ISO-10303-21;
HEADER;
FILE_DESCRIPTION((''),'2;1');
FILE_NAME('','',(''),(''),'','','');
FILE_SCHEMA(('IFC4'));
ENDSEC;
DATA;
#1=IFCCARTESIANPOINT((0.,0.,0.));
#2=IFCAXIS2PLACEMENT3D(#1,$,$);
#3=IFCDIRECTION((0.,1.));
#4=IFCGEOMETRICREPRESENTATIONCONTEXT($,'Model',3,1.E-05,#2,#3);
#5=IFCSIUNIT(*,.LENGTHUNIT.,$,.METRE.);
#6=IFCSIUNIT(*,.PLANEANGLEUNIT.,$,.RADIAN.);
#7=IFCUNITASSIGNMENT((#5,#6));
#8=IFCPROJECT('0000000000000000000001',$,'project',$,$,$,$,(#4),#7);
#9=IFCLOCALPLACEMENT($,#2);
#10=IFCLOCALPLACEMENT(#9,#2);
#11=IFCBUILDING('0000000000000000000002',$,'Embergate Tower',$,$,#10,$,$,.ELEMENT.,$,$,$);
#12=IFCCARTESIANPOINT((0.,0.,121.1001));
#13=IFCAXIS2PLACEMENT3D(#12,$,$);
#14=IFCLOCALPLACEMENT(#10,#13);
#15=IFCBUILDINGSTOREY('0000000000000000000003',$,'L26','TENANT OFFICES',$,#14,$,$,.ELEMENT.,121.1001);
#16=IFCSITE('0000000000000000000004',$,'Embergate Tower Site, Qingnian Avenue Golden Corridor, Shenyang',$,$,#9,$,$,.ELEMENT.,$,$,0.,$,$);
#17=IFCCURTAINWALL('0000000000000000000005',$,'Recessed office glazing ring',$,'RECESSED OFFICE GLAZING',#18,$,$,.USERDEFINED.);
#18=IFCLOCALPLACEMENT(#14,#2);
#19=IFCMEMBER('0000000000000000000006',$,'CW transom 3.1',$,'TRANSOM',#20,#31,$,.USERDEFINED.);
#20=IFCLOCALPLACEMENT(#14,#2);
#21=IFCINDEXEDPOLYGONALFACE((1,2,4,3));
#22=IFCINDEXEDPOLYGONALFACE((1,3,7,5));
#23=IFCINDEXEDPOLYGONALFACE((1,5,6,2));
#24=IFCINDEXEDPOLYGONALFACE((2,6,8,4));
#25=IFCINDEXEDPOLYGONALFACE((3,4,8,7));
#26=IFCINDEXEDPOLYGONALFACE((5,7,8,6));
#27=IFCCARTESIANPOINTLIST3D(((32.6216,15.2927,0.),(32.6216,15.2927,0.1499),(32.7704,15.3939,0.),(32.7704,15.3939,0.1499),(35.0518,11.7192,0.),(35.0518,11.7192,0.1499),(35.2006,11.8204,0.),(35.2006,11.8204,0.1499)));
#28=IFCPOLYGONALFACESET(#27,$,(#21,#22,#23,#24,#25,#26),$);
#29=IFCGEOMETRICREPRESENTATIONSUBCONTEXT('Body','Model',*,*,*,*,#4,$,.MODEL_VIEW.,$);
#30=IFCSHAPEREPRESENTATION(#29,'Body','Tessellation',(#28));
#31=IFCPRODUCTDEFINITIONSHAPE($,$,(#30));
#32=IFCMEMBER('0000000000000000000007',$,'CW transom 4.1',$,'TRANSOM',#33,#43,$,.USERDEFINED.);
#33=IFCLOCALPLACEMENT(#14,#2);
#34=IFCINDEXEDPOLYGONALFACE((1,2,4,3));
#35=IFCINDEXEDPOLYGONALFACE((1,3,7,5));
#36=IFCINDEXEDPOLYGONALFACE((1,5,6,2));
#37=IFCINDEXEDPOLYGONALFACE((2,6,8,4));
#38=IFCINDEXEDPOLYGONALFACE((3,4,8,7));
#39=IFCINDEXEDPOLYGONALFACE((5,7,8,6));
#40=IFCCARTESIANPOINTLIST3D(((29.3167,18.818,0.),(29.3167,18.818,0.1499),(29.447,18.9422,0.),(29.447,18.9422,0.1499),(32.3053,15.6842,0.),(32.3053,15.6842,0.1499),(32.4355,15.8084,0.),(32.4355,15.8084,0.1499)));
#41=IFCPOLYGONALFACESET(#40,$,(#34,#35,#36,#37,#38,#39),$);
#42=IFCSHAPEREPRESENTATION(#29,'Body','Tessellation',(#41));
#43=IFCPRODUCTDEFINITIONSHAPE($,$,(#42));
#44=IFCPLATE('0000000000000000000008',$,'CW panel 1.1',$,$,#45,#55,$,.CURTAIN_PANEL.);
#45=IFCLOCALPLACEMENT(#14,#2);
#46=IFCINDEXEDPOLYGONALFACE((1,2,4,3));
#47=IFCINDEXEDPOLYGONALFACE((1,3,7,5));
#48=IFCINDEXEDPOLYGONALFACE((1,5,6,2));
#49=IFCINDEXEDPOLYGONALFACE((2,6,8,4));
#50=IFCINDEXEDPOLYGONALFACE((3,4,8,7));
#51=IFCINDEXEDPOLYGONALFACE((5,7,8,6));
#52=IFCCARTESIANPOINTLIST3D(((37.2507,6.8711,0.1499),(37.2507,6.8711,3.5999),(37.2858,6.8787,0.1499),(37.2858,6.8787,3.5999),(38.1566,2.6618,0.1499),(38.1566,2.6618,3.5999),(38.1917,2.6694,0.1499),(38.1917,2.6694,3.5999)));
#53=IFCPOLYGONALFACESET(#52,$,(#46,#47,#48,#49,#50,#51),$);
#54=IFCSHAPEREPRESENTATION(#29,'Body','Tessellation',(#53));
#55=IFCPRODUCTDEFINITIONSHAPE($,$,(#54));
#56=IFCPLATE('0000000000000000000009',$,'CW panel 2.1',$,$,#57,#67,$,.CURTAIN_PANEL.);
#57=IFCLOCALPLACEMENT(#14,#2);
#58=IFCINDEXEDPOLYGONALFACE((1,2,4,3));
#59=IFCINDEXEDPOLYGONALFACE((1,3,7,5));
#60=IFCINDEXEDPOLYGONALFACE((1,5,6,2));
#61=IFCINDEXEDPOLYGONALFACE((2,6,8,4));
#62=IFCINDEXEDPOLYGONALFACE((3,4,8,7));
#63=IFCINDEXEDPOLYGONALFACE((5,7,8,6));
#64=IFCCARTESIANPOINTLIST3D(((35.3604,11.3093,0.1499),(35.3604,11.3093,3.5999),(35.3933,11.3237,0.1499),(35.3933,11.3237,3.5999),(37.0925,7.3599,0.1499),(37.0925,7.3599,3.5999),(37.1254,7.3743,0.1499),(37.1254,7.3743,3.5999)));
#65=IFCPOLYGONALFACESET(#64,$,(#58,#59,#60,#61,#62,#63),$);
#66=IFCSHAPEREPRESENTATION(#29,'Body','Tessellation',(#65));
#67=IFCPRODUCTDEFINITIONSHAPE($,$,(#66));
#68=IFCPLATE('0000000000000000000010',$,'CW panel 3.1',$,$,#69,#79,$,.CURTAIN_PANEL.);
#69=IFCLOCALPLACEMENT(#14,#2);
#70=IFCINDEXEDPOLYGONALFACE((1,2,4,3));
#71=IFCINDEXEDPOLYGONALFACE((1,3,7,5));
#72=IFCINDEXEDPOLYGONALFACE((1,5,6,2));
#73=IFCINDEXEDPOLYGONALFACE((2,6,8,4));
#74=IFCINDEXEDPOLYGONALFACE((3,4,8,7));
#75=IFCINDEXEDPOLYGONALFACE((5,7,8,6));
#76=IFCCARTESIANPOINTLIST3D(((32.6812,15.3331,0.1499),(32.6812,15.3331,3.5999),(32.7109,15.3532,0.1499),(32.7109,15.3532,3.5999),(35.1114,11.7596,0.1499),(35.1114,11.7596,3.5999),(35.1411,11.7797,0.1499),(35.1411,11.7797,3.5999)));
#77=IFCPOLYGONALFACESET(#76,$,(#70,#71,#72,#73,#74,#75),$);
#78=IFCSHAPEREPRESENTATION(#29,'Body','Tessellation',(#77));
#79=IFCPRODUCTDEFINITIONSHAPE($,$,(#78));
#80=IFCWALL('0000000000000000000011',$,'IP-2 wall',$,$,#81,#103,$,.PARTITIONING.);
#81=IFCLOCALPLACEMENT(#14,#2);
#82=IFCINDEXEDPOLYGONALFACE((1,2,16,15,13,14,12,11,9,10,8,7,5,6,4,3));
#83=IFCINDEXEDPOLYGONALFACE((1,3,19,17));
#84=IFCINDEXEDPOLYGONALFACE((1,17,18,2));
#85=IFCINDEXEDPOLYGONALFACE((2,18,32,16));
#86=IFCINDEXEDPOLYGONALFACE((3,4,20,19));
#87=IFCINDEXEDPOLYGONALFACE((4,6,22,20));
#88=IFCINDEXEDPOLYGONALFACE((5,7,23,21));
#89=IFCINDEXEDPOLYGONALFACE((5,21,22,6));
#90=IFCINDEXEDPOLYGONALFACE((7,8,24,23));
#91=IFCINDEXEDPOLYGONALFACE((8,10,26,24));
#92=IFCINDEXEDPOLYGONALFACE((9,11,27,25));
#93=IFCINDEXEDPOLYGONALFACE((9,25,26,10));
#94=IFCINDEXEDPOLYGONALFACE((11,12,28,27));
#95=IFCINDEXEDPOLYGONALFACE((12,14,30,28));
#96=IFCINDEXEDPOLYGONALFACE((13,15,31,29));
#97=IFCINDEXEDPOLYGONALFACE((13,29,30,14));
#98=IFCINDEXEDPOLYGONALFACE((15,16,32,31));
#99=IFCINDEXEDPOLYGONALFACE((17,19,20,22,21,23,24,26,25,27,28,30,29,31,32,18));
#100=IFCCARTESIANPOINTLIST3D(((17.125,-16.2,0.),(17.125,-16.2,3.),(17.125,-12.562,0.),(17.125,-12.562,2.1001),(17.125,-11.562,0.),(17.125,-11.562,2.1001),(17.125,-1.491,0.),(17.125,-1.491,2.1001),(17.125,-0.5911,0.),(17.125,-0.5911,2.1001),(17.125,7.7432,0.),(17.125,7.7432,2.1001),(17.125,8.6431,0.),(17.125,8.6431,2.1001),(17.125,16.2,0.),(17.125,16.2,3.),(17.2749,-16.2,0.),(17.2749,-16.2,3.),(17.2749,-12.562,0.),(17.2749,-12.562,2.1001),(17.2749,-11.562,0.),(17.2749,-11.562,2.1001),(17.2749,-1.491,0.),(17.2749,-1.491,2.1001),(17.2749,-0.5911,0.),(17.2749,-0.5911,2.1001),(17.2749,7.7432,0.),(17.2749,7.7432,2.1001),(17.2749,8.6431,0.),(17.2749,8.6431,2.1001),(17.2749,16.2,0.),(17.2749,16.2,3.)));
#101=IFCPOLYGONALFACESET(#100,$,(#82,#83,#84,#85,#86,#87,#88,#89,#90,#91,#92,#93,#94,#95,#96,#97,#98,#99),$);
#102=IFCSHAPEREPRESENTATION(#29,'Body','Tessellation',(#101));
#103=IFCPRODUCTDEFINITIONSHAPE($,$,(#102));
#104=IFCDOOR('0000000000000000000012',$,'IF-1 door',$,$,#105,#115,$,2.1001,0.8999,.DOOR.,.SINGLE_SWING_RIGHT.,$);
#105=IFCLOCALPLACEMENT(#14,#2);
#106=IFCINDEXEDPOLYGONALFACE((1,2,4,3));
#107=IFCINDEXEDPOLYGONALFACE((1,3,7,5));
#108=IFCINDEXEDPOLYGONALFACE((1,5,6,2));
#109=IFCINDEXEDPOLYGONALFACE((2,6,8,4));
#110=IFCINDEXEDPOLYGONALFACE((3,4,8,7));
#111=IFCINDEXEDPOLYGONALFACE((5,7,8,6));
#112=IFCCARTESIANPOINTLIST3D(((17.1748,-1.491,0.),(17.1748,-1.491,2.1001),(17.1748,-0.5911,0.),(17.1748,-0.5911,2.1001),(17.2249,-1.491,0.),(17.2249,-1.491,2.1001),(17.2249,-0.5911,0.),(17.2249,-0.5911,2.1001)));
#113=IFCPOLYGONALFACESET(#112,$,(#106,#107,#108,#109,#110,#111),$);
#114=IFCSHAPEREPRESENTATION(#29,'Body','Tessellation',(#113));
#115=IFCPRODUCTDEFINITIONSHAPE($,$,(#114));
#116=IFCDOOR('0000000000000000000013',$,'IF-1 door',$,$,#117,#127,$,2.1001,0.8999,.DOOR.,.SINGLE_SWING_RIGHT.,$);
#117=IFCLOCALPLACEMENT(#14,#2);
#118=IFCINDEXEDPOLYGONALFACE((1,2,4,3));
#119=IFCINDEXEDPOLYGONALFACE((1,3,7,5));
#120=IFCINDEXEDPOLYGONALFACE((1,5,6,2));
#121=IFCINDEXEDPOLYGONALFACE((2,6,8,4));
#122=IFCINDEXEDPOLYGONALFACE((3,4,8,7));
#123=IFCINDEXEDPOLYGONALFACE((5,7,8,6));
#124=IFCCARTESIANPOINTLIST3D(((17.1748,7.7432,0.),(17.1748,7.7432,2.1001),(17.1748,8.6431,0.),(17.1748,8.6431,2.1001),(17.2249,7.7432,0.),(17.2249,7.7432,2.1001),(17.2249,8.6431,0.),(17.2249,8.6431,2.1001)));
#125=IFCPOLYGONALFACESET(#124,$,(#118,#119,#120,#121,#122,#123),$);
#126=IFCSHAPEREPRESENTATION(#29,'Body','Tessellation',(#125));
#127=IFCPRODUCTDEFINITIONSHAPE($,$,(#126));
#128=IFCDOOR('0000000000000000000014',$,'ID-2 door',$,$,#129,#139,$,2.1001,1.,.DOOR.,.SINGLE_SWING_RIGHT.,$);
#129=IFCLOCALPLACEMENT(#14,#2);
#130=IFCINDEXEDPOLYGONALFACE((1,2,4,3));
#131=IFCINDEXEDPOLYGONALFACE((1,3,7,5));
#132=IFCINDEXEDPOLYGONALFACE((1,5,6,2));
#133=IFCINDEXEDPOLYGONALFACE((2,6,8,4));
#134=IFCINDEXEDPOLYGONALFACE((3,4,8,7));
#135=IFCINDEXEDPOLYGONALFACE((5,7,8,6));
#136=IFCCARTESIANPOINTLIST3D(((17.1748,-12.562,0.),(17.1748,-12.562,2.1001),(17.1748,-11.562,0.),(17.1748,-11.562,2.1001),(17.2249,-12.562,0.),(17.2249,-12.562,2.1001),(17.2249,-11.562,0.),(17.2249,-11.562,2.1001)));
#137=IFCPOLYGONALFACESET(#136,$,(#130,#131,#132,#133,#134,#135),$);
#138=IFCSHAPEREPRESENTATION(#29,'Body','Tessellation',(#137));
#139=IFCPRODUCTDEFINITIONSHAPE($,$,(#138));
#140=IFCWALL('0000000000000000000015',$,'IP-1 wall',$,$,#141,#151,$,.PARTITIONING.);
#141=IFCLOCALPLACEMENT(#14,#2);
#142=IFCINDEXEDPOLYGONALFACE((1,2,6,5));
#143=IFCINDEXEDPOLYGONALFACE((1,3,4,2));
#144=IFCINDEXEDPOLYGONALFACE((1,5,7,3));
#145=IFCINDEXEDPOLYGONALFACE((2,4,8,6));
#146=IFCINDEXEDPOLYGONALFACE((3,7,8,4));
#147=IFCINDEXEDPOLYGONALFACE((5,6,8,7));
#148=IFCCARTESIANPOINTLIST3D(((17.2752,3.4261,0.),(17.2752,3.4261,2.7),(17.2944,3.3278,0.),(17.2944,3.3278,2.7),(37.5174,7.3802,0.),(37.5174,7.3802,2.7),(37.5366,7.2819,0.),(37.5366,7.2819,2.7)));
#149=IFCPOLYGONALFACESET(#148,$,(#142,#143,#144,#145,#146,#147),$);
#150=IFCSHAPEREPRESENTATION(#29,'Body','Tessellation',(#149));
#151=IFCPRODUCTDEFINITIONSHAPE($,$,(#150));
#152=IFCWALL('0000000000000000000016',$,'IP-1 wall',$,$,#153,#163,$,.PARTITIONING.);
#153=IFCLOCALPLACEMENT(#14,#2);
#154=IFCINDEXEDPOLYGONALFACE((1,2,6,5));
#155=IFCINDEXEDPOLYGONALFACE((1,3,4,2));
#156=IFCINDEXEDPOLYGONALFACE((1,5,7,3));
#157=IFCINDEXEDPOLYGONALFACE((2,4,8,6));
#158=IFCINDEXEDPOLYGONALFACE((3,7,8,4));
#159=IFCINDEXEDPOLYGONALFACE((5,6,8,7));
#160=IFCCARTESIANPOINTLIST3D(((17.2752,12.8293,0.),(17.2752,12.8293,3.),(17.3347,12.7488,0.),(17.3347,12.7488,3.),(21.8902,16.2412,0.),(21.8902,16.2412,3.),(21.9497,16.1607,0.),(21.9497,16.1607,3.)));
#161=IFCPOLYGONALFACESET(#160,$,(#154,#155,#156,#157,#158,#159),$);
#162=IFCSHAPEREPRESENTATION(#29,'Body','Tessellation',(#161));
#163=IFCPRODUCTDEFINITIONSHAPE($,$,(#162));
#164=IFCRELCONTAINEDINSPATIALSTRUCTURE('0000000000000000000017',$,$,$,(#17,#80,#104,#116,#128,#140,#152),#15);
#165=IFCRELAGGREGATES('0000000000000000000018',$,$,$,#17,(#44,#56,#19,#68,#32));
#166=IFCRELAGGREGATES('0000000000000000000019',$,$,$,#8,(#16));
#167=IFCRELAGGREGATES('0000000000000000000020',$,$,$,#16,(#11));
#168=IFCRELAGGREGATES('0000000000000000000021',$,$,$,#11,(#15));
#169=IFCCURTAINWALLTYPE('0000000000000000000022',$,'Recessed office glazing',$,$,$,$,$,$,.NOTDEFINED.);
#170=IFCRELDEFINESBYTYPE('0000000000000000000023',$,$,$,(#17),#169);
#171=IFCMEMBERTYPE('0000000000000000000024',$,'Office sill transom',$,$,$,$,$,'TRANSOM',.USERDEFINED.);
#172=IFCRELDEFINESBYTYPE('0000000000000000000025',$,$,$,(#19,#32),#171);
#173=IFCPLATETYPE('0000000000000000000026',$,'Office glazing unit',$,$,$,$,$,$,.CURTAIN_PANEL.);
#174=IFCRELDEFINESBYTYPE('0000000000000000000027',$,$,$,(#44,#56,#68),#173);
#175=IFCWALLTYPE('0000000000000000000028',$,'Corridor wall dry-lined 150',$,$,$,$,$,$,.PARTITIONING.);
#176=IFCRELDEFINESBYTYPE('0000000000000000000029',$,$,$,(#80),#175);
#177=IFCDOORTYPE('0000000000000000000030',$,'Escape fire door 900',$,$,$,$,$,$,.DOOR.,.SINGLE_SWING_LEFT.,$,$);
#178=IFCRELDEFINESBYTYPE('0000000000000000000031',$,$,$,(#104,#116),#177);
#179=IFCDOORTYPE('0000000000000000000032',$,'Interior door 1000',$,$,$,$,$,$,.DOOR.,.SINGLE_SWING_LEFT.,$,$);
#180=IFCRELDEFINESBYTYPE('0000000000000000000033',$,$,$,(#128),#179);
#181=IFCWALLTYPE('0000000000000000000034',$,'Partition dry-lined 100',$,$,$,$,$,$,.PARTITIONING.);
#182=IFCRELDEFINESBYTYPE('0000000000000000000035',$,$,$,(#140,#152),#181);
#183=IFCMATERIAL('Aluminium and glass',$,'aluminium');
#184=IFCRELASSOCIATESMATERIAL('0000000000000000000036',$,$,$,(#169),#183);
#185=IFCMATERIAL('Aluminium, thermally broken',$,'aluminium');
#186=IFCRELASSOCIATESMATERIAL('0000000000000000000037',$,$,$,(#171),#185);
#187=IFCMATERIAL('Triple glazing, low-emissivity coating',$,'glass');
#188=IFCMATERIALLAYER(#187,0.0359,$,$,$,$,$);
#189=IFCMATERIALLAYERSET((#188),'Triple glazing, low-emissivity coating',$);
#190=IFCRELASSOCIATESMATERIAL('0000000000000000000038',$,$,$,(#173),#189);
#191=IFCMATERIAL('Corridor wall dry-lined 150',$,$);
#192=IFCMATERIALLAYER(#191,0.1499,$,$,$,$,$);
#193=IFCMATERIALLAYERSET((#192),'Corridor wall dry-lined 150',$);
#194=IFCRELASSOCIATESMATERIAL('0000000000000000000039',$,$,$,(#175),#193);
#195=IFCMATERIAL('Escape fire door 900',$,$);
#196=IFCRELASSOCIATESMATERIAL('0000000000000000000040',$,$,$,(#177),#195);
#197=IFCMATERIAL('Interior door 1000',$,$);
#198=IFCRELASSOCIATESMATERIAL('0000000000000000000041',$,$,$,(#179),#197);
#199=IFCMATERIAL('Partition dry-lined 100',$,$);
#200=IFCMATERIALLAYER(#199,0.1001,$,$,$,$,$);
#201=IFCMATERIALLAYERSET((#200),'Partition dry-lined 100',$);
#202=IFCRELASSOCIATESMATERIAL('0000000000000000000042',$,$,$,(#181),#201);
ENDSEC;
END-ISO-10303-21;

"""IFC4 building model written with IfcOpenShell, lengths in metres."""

from ifc_helpers import new_model, si_unit, direction, frame, frame_2d, origin, origin_2d, place, context, subcontext, project, spatial, rectangle, extrude, source, transform, mapped, material, layer, layer_set, material_profile, profile_set, type_object, element, fill, aggregate, save


model = new_model("IFC4")

# Units and contexts
model_context = context("Model", 3, precision=1e-05, world=origin(), true_north=direction((0.0, 1.0)))
body_context = subcontext(model_context, "Body", "Model", "MODEL_VIEW")
ifc_project = project(units=[si_unit("LENGTHUNIT", "METRE"), si_unit("PLANEANGLEUNIT", "RADIAN")], contexts=[model_context])

# Site, building, storey
site_placement = place(None, origin())
site = spatial("IfcSite", under=ifc_project, at=site_placement, Name="Embergate Tower Site, Qingnian Avenue Golden Corridor, Shenyang", CompositionType="ELEMENT", RefElevation=0.0)
building_placement = place(site_placement, origin())
building = spatial("IfcBuilding", under=site, at=building_placement, Name="Embergate Tower", CompositionType="ELEMENT")
storey_placement = place(building_placement, frame((0.0, 0.0, 121.1001)))
storey = spatial("IfcBuildingStorey", under=building, at=storey_placement, Name="L26", Description="TENANT OFFICES", CompositionType="ELEMENT", Elevation=121.1001)

# Curtain wall, members, plates
ifc_material_1 = material(Name="Aluminium and glass", Category="aluminium")
curtain_wall_type = type_object("IfcCurtainWallType", Name="Recessed office glazing", PredefinedType="NOTDEFINED", material=ifc_material_1)
curtain_wall_placement = place(storey_placement, origin())
curtain_wall = element("IfcCurtainWall", 1, at=curtain_wall_placement, inside=storey, type_object=curtain_wall_type, Name="Recessed office glazing ring", ObjectType="RECESSED OFFICE GLAZING", PredefinedType="USERDEFINED")
ifc_material_2 = material(Name="Aluminium, thermally broken", Category="aluminium")
ifc_material_profile_1 = material_profile(ifc_material_2, rectangle(XDim=0.1799, YDim=0.1499, at=origin_2d()), Name="AL 150x180")
ifc_profile_set_1 = profile_set([ifc_material_profile_1], Name="Aluminium, thermally broken")
member_type_1 = type_object("IfcMemberType", Name="Office sill transom", ElementType="TRANSOM", PredefinedType="USERDEFINED", material=ifc_profile_set_1)
shared_shape_1 = source(origin(), body_context, "Body", "SweptSolid", [
    extrude(rectangle(XDim=0.1799, YDim=0.1499, at=origin_2d()), origin(), (0.0, 0.0, 1.0), 4.3215),
])
member_1_placement = place(storey_placement, frame((35.1262, 11.7698, 0.075), z_axis=(-0.562342, 0.826904, 0.0), x_axis=(-0.826904, -0.562342, 0.0)))
member_1 = element("IfcMember", 2, at=member_1_placement, type_object=member_type_1, Name="CW transom 3.1", ObjectType="TRANSOM", PredefinedType="USERDEFINED", context=body_context, shape_type="MappedRepresentation", body=[
    mapped(shared_shape_1, transform((0.0, 0.0, 0.0))),
])
shared_shape_2 = source(origin(), body_context, "Body", "SweptSolid", [
    extrude(rectangle(XDim=0.1799, YDim=0.1499, at=origin_2d()), origin(), (0.0, 0.0, 1.0), 4.3303),
])
member_2_placement = place(storey_placement, frame((32.3704, 15.7463, 0.075), z_axis=(-0.690135, 0.723681, 0.0), x_axis=(-0.723681, -0.690135, 0.0)))
member_2 = element("IfcMember", 3, at=member_2_placement, type_object=member_type_1, Name="CW transom 4.1", ObjectType="TRANSOM", PredefinedType="USERDEFINED", context=body_context, shape_type="MappedRepresentation", body=[
    mapped(shared_shape_2, transform((0.0, 0.0, 0.0))),
])
ifc_material_3 = material(Name="Triple glazing, low-emissivity coating", Category="glass")
ifc_layer_1 = layer(ifc_material_3, 0.0359)
ifc_layer_set_1 = layer_set([ifc_layer_1], Name="Triple glazing, low-emissivity coating")
plate_type = type_object("IfcPlateType", Name="Office glazing unit", PredefinedType="CURTAIN_PANEL", material=ifc_layer_set_1)
shared_shape_3 = source(origin(), body_context, "Body", "SweptSolid", [
    extrude(rectangle(XDim=4.3057, YDim=0.0359, at=origin_2d()), origin(), (0.0, 0.0, 1.0), 3.45),
])
plate_1_placement = place(storey_placement, frame((37.7212, 4.7703, 0.1499), z_axis=(0.0, 0.0, 1.0), x_axis=(-0.210398, 0.977616, 0.0)))
plate_1 = element("IfcPlate", 4, at=plate_1_placement, type_object=plate_type, Name="CW panel 1.1", PredefinedType="CURTAIN_PANEL", context=body_context, shape_type="MappedRepresentation", body=[
    mapped(shared_shape_3, transform((0.0, 0.0, 0.0))),
])
shared_shape_4 = source(origin(), body_context, "Body", "SweptSolid", [
    extrude(rectangle(XDim=4.3125, YDim=0.0359, at=origin_2d()), origin(), (0.0, 0.0, 1.0), 3.45),
])
plate_2_placement = place(storey_placement, frame((36.2429, 9.3418, 0.1499), z_axis=(0.0, 0.0, 1.0), x_axis=(-0.401652, 0.915792, 0.0)))
plate_2 = element("IfcPlate", 5, at=plate_2_placement, type_object=plate_type, Name="CW panel 2.1", PredefinedType="CURTAIN_PANEL", context=body_context, shape_type="MappedRepresentation", body=[
    mapped(shared_shape_4, transform((0.0, 0.0, 0.0))),
])
shared_shape_5 = source(origin(), body_context, "Body", "SweptSolid", [
    extrude(rectangle(XDim=4.3215, YDim=0.0359, at=origin_2d()), origin(), (0.0, 0.0, 1.0), 3.45),
])
plate_3_placement = place(storey_placement, frame((33.9111, 13.5564, 0.1499), z_axis=(0.0, 0.0, 1.0), x_axis=(-0.562342, 0.826905, 0.0)))
plate_3 = element("IfcPlate", 6, at=plate_3_placement, type_object=plate_type, Name="CW panel 3.1", PredefinedType="CURTAIN_PANEL", context=body_context, shape_type="MappedRepresentation", body=[
    mapped(shared_shape_5, transform((0.0, 0.0, 0.0))),
])
aggregate(curtain_wall, [plate_1, plate_2, member_1, plate_3, member_2])

# Wall, openings, doors
ifc_material_4 = material(Name="Corridor wall dry-lined 150")
ifc_layer_2 = layer(ifc_material_4, 0.1499)
ifc_layer_set_2 = layer_set([ifc_layer_2], Name="Corridor wall dry-lined 150")
wall_type_1 = type_object("IfcWallType", Name="Corridor wall dry-lined 150", PredefinedType="PARTITIONING", material=ifc_layer_set_2)
shared_shape_6 = source(origin(), body_context, "Body", "SweptSolid", [
    extrude(rectangle(XDim=32.3999, YDim=0.1499, at=frame_2d((16.2, 0.0))), origin(), (0.0, 0.0, 1.0), 3.0),
])
wall_1_placement = place(storey_placement, frame((17.2, 16.2, 0.0), z_axis=(0.0, 0.0, 1.0), x_axis=(0.0, -1.0, 0.0)))
wall_1 = element("IfcWall", 7, at=wall_1_placement, inside=storey, type_object=wall_type_1, Name="IP-2 wall", PredefinedType="PARTITIONING", context=body_context, shape_type="MappedRepresentation", body=[
    mapped(shared_shape_6, transform((0.0, 0.0, 0.0))),
])
shared_shape_7 = source(origin(), body_context, "Body", "SweptSolid", [
    extrude(rectangle(XDim=1.0, YDim=2.1001, at=frame_2d((0.5, 1.05))), frame((0.0, 0.085, 0.0), z_axis=(0.0, -1.0, 0.0), x_axis=(1.0, 0.0, 0.0)), (0.0, 0.0, 1.0), 0.1699),
])
opening_1_placement = place(wall_1_placement, frame((27.762, 0.0, 0.0)))
opening_1 = element("IfcOpeningElement", 8, at=opening_1_placement, cuts=wall_1, PredefinedType="OPENING", context=body_context, shape_type="MappedRepresentation", body=[
    mapped(shared_shape_7, transform((0.0, 0.0, 0.0))),
])
shared_shape_8 = source(origin(), body_context, "Body", "SweptSolid", [
    extrude(rectangle(XDim=0.8999, YDim=2.1001, at=frame_2d((0.45, 1.05))), frame((0.0, 0.085, 0.0), z_axis=(0.0, -1.0, 0.0), x_axis=(1.0, 0.0, 0.0)), (0.0, 0.0, 1.0), 0.1699),
])
opening_2_placement = place(wall_1_placement, frame((16.791, 0.0, 0.0)))
opening_2 = element("IfcOpeningElement", 9, at=opening_2_placement, cuts=wall_1, PredefinedType="OPENING", context=body_context, shape_type="MappedRepresentation", body=[
    mapped(shared_shape_8, transform((0.0, 0.0, 0.0))),
])
opening_3_placement = place(wall_1_placement, frame((7.5569, 0.0, 0.0)))
opening_3 = element("IfcOpeningElement", 10, at=opening_3_placement, cuts=wall_1, PredefinedType="OPENING", context=body_context, shape_type="MappedRepresentation", body=[
    mapped(shared_shape_8, transform((0.0, 0.0, 0.0))),
])
ifc_material_5 = material(Name="Escape fire door 900")
door_type_1 = type_object("IfcDoorType", Name="Escape fire door 900", OperationType="SINGLE_SWING_LEFT", PredefinedType="DOOR", material=ifc_material_5)
shared_shape_9 = source(origin(), body_context, "Body", "SweptSolid", [
    extrude(rectangle(XDim=0.8999, YDim=2.1001, at=frame_2d((0.45, 1.05))), frame((0.0, 0.0249, 0.0), z_axis=(0.0, -1.0, 0.0), x_axis=(1.0, 0.0, 0.0)), (0.0, 0.0, 1.0), 0.05),
])
door_1_placement = place(opening_2_placement, origin())
door_1 = element("IfcDoor", 11, at=door_1_placement, inside=storey, type_object=door_type_1, Name="IF-1 door", OperationType="SINGLE_SWING_RIGHT", OverallHeight=2.1001, OverallWidth=0.8999, PredefinedType="DOOR", context=body_context, shape_type="MappedRepresentation", body=[
    mapped(shared_shape_9, transform((0.0, 0.0, 0.0))),
])
fill(opening_2, door_1)
door_2_placement = place(opening_3_placement, origin())
door_2 = element("IfcDoor", 12, at=door_2_placement, inside=storey, type_object=door_type_1, Name="IF-1 door", OperationType="SINGLE_SWING_RIGHT", OverallHeight=2.1001, OverallWidth=0.8999, PredefinedType="DOOR", context=body_context, shape_type="MappedRepresentation", body=[
    mapped(shared_shape_9, transform((0.0, 0.0, 0.0))),
])
fill(opening_3, door_2)
ifc_material_6 = material(Name="Interior door 1000")
door_type_2 = type_object("IfcDoorType", Name="Interior door 1000", OperationType="SINGLE_SWING_LEFT", PredefinedType="DOOR", material=ifc_material_6)
shared_shape_10 = source(origin(), body_context, "Body", "SweptSolid", [
    extrude(rectangle(XDim=1.0, YDim=2.1001, at=frame_2d((0.5, 1.05))), frame((0.0, 0.0249, 0.0), z_axis=(0.0, -1.0, 0.0), x_axis=(1.0, 0.0, 0.0)), (0.0, 0.0, 1.0), 0.05),
])
door_3_placement = place(opening_1_placement, origin())
door_3 = element("IfcDoor", 13, at=door_3_placement, inside=storey, type_object=door_type_2, Name="ID-2 door", OperationType="SINGLE_SWING_RIGHT", OverallHeight=2.1001, OverallWidth=1.0, PredefinedType="DOOR", context=body_context, shape_type="MappedRepresentation", body=[
    mapped(shared_shape_10, transform((0.0, 0.0, 0.0))),
])
fill(opening_1, door_3)

# Walls
ifc_material_7 = material(Name="Partition dry-lined 100")
ifc_layer_3 = layer(ifc_material_7, 0.1001)
ifc_layer_set_3 = layer_set([ifc_layer_3], Name="Partition dry-lined 100")
wall_type_2 = type_object("IfcWallType", Name="Partition dry-lined 100", PredefinedType="PARTITIONING", material=ifc_layer_set_3)
shared_shape_11 = source(origin(), body_context, "Body", "SweptSolid", [
    extrude(rectangle(XDim=20.6248, YDim=0.1001, at=frame_2d((10.3125, 0.0))), origin(), (0.0, 0.0, 1.0), 2.7),
])
wall_2_placement = place(storey_placement, frame((37.5271, 7.3311, 0.0), z_axis=(0.0, 0.0, 1.0), x_axis=(-0.98145, -0.191716, 0.0)))
element("IfcWall", 14, at=wall_2_placement, inside=storey, type_object=wall_type_2, Name="IP-1 wall", PredefinedType="PARTITIONING", context=body_context, shape_type="MappedRepresentation", body=[
    mapped(shared_shape_11, transform((0.0, 0.0, 0.0))),
])
shared_shape_12 = source(origin(), body_context, "Body", "SweptSolid", [
    extrude(rectangle(XDim=5.7393, YDim=0.1001, at=frame_2d((2.8696, 0.0))), origin(), (0.0, 0.0, 1.0), 3.0),
])
wall_3_placement = place(storey_placement, frame((17.3049, 12.7891, 0.0), z_axis=(0.0, 0.0, 1.0), x_axis=(0.804111, 0.59448, 0.0)))
element("IfcWall", 15, at=wall_3_placement, inside=storey, type_object=wall_type_2, Name="IP-1 wall", PredefinedType="PARTITIONING", context=body_context, shape_type="MappedRepresentation", body=[
    mapped(shared_shape_12, transform((0.0, 0.0, 0.0))),
])

save(model, "model.ifc")
